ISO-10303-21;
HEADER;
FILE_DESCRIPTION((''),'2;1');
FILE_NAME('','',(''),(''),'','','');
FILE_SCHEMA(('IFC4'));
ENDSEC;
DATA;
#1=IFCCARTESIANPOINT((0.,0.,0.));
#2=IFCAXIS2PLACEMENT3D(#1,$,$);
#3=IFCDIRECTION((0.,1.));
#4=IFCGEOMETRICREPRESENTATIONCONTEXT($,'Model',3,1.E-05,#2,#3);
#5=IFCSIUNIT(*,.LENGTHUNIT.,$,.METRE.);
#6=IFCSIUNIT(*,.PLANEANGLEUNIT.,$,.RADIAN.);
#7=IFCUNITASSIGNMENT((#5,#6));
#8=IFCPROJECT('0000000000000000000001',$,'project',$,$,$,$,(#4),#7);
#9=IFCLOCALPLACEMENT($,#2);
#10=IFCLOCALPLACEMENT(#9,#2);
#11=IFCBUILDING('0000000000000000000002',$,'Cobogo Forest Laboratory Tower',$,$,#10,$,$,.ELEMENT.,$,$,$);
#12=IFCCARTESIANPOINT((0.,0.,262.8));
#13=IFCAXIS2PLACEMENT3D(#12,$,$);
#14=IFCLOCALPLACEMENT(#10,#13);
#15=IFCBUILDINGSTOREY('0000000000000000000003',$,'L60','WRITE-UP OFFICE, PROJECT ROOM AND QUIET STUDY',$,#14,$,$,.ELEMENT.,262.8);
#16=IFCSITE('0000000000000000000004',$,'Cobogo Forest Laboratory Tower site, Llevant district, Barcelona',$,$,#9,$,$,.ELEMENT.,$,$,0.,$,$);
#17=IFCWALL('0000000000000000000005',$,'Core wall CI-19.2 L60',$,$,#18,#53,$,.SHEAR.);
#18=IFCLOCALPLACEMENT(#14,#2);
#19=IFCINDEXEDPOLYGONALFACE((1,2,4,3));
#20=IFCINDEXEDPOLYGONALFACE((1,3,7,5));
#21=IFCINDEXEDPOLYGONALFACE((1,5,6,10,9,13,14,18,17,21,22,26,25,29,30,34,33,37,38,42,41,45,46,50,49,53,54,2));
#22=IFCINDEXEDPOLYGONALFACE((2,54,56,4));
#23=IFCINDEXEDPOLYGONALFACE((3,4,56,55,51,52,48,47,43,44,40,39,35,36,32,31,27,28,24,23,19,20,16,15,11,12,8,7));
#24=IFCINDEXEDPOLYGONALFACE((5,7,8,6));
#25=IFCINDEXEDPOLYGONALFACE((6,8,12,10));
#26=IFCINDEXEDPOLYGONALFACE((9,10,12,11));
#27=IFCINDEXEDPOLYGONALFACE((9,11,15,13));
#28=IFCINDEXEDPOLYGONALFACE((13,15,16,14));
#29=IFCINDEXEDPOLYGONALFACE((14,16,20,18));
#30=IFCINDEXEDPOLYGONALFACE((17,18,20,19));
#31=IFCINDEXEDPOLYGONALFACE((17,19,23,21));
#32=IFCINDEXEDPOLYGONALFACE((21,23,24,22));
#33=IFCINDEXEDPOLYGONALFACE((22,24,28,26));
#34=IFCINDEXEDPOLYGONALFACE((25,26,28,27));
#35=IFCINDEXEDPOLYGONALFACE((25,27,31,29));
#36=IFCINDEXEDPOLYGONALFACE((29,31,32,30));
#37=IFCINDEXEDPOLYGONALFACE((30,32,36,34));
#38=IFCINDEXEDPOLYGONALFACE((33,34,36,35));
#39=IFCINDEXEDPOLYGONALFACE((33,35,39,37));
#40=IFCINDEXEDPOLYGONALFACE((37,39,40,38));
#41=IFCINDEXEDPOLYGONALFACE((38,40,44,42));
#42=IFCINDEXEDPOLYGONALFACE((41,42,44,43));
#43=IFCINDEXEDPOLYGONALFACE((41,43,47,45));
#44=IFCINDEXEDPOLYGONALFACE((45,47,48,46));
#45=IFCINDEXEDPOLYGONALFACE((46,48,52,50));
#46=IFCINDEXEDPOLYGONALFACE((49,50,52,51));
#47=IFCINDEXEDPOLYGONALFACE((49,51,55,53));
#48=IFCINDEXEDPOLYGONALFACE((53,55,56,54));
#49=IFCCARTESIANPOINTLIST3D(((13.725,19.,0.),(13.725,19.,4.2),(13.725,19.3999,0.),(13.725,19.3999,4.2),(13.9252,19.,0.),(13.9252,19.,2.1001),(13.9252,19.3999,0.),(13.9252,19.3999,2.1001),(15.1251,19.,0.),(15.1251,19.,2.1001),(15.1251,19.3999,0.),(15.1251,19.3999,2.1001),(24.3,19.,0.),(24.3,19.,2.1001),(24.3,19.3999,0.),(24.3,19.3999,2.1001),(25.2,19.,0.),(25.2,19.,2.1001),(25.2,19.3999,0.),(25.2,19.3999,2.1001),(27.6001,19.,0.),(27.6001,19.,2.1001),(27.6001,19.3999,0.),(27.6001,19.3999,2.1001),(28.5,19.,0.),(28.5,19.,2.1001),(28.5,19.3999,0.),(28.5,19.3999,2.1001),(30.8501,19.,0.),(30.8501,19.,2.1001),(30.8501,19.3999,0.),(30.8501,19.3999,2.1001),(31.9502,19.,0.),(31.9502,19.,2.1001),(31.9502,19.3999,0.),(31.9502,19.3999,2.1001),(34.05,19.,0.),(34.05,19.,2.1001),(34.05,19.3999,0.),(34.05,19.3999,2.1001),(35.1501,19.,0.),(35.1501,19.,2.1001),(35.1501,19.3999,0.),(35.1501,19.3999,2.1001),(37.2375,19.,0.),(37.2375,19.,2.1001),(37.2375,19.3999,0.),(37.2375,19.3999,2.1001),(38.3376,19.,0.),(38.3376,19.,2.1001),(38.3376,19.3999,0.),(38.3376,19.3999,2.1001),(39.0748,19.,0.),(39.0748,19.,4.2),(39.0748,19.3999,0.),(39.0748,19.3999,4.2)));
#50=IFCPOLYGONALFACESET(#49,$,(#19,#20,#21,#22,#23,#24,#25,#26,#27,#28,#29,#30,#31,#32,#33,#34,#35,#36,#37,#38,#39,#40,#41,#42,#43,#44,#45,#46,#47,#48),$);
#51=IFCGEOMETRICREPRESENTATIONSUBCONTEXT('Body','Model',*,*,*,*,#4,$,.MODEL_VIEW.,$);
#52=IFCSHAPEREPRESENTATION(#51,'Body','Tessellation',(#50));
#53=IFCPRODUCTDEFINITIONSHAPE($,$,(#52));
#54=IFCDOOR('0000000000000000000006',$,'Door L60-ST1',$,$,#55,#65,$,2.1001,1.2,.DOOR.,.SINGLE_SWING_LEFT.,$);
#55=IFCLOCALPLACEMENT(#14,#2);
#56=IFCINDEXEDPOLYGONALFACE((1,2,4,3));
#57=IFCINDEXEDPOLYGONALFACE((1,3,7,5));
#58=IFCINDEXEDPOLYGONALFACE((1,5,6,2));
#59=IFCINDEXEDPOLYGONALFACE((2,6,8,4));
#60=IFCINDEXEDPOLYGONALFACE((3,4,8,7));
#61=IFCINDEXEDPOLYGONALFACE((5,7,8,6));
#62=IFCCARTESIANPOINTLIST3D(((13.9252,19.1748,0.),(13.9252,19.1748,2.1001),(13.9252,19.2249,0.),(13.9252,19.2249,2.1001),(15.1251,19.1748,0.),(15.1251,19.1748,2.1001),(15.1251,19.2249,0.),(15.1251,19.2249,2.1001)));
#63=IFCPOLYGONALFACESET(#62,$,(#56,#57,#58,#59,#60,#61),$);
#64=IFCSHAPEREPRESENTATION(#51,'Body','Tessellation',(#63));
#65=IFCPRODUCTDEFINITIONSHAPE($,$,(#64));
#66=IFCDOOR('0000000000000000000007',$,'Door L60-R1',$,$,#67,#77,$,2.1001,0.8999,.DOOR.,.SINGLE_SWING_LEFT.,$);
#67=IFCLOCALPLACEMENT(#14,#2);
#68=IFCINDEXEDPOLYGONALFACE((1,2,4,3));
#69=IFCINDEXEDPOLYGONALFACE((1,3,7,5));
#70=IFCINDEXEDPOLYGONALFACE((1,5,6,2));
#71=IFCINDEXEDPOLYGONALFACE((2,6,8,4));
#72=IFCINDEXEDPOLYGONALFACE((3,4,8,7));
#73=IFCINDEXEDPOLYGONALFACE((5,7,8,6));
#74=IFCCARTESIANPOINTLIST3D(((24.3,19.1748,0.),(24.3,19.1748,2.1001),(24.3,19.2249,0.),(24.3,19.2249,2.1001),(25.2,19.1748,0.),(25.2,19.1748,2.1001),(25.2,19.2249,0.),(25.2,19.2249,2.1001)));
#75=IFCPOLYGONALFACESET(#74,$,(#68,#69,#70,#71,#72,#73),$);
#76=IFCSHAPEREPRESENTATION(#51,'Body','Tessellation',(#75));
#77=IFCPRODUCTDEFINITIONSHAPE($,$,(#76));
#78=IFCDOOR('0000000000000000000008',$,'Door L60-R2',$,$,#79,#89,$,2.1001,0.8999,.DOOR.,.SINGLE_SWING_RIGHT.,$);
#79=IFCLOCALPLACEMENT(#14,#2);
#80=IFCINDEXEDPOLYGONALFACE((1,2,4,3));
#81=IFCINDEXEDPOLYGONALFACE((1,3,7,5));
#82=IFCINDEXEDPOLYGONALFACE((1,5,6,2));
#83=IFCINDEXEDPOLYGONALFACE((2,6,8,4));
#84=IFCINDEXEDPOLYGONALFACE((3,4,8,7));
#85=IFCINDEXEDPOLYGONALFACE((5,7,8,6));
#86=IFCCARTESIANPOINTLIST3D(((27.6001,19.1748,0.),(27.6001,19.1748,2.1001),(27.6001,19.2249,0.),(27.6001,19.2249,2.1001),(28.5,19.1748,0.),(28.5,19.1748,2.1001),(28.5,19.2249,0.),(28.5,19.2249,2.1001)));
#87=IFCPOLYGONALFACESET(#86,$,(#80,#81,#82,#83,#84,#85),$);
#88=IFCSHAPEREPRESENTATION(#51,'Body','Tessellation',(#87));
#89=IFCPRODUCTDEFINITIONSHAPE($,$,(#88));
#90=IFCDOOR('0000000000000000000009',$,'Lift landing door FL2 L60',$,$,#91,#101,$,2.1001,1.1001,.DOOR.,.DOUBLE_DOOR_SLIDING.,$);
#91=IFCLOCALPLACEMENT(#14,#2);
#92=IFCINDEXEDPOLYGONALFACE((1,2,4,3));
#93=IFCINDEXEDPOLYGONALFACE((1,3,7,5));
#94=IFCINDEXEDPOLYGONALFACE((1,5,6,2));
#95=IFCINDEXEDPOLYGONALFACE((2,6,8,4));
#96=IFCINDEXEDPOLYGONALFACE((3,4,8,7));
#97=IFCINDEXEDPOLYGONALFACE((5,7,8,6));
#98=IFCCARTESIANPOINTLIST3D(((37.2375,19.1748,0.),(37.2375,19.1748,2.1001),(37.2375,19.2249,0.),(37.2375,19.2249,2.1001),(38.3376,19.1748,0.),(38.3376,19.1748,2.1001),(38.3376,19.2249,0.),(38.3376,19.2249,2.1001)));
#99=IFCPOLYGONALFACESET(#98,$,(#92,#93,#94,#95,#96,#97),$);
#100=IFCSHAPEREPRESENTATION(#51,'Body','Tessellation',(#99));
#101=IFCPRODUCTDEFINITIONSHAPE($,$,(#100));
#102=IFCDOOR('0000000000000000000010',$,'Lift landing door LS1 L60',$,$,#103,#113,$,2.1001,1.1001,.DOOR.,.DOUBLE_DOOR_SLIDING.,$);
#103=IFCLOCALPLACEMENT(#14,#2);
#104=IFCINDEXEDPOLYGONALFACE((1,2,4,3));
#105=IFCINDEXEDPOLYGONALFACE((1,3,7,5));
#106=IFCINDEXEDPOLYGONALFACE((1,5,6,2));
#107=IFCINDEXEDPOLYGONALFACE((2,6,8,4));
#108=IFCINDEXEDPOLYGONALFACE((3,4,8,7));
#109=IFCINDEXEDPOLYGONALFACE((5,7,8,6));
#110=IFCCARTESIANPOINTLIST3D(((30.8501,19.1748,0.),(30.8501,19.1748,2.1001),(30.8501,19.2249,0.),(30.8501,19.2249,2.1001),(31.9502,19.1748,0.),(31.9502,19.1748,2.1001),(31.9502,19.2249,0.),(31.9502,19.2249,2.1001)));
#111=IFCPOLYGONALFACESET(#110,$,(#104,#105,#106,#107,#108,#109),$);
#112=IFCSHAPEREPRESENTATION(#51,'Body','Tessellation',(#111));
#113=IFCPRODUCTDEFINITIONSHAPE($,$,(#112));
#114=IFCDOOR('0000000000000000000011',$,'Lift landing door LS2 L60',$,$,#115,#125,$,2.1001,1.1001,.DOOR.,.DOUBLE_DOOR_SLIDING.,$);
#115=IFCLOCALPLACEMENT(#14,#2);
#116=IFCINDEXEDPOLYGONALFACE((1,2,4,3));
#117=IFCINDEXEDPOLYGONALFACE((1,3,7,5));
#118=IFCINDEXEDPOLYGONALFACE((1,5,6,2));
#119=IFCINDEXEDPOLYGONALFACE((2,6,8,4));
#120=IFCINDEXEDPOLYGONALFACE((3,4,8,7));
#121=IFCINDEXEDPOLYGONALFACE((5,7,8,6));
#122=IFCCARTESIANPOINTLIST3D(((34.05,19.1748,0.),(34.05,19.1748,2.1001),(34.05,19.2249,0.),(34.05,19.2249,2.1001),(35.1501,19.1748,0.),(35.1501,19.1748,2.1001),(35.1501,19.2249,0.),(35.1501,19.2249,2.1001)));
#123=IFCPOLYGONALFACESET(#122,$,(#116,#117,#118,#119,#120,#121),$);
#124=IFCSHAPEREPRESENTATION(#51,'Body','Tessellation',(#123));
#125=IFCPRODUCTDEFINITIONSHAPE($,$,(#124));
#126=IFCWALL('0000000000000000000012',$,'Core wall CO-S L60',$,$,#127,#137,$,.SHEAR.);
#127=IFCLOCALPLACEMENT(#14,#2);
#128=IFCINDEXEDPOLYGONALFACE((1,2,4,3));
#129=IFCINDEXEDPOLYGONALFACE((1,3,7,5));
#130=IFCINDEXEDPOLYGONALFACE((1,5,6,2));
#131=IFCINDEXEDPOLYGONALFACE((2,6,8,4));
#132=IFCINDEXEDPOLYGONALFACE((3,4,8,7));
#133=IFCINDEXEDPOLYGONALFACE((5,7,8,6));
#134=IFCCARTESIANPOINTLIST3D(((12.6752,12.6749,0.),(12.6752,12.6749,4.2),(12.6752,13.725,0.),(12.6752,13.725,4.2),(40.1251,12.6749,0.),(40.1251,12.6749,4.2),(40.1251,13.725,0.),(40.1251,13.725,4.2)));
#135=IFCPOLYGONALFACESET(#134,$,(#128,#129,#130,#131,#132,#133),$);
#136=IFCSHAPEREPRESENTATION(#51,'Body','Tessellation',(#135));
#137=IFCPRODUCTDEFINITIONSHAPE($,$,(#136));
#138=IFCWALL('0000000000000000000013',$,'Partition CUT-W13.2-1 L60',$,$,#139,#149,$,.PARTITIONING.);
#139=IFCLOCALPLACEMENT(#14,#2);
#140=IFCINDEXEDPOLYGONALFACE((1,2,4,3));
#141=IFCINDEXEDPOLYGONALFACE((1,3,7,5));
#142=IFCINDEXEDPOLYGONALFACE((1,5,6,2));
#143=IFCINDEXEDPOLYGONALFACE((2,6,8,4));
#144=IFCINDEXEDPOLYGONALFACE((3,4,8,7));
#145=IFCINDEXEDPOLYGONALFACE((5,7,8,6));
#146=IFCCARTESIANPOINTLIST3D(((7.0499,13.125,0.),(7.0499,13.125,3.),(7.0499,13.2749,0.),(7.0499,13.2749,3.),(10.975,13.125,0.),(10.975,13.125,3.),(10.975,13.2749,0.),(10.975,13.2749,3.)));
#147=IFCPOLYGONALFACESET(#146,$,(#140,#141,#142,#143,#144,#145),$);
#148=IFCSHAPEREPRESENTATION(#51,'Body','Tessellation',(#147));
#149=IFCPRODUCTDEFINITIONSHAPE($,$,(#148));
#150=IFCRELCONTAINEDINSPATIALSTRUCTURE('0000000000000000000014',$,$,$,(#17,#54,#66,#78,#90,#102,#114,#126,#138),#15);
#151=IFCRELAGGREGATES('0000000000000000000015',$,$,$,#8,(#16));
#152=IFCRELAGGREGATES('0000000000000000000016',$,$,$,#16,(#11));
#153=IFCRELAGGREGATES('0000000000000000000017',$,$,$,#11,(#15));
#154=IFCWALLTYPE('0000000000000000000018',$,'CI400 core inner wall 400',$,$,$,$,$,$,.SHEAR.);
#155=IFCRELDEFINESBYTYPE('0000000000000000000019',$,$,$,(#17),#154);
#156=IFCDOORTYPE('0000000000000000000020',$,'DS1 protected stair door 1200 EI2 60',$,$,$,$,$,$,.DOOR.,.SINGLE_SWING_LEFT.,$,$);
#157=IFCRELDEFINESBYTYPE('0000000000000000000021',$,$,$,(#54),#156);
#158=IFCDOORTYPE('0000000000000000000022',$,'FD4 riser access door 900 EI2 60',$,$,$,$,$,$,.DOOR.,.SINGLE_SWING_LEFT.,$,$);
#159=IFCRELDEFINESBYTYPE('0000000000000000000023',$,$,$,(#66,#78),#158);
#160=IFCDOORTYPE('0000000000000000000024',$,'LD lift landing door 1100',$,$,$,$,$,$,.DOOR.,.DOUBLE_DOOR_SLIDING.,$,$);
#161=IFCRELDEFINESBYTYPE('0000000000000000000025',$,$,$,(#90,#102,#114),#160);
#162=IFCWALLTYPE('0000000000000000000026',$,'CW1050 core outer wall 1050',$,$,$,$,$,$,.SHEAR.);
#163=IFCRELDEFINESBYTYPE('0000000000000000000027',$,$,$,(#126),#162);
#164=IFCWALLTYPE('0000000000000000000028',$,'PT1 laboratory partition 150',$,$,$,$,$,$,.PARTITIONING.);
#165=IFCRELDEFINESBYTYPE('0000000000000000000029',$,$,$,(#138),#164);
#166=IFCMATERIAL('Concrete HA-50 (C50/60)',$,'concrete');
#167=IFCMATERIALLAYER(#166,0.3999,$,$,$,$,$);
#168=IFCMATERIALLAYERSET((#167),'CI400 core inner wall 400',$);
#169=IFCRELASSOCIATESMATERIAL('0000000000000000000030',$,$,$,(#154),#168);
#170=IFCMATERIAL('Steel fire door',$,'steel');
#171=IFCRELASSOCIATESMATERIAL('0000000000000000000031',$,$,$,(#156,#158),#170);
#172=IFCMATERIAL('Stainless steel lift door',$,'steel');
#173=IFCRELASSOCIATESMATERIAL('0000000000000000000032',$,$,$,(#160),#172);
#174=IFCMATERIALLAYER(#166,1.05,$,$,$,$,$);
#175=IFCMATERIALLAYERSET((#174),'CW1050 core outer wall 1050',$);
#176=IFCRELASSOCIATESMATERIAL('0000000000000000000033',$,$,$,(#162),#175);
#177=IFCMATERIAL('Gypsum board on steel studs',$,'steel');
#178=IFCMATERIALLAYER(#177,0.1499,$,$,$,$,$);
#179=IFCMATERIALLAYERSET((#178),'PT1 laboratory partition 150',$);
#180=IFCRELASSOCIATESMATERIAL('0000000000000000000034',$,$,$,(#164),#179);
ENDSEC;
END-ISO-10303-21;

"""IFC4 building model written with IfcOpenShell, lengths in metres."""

from ifc_helpers import new_model, si_unit, direction, frame, frame_2d, origin, place, context, subcontext, project, spatial, rectangle, extrude, material, layer, layer_set, type_object, element, fill, save


model = new_model("IFC4")

# Units and contexts
model_context = context("Model", 3, precision=1e-05, world=origin(), true_north=direction((0.0, 1.0)))
body_context = subcontext(model_context, "Body", "Model", "MODEL_VIEW")
ifc_project = project(units=[si_unit("LENGTHUNIT", "METRE"), si_unit("PLANEANGLEUNIT", "RADIAN")], contexts=[model_context])

# Site, building, storey
site_placement = place(None, origin())
site = spatial("IfcSite", under=ifc_project, at=site_placement, Name="Cobogo Forest Laboratory Tower site, Llevant district, Barcelona", CompositionType="ELEMENT", RefElevation=0.0)
building_placement = place(site_placement, origin())
building = spatial("IfcBuilding", under=site, at=building_placement, Name="Cobogo Forest Laboratory Tower", CompositionType="ELEMENT")
storey_placement = place(building_placement, frame((0.0, 0.0, 262.8)))
storey = spatial("IfcBuildingStorey", under=building, at=storey_placement, Name="L60", Description="WRITE-UP OFFICE, PROJECT ROOM AND QUIET STUDY", CompositionType="ELEMENT", Elevation=262.8)

# Shared definitions
ifc_material_1 = material(Name="Concrete HA-50 (C50/60)", Category="concrete")

# Wall, openings, doors
ifc_layer_1 = layer(ifc_material_1, 0.3999)
ifc_layer_set_1 = layer_set([ifc_layer_1], Name="CI400 core inner wall 400")
wall_type_1 = type_object("IfcWallType", Name="CI400 core inner wall 400", PredefinedType="SHEAR", material=ifc_layer_set_1)
ifc_material_2 = material(Name="Steel fire door", Category="steel")
wall_1_placement = place(storey_placement, frame((13.7251, 19.2, 0.0), z_axis=(0.0, 0.0, 1.0), x_axis=(1.0, 0.0, 0.0)))
wall_1 = element("IfcWall", 1, at=wall_1_placement, inside=storey, type_object=wall_type_1, Name="Core wall CI-19.2 L60", PredefinedType="SHEAR", context=body_context, shape_type="SweptSolid", body=[
    extrude(rectangle(XDim=25.3499, YDim=0.3999, at=frame_2d((12.6748, 0.0))), origin(), (0.0, 0.0, 1.0), 4.2),
])
opening_1_placement = place(wall_1_placement, frame((10.575, 0.0, 0.0)))
opening_1 = element("IfcOpeningElement", 2, at=opening_1_placement, cuts=wall_1, PredefinedType="OPENING", context=body_context, shape_type="SweptSolid", body=[
    extrude(rectangle(XDim=0.8999, YDim=2.1001, at=frame_2d((0.45, 1.05))), frame((0.0, 0.21, 0.0), z_axis=(0.0, -1.0, 0.0), x_axis=(1.0, 0.0, 0.0)), (0.0, 0.0, 1.0), 0.4199),
])
opening_2_placement = place(wall_1_placement, frame((13.875, 0.0, 0.0)))
opening_2 = element("IfcOpeningElement", 3, at=opening_2_placement, cuts=wall_1, PredefinedType="OPENING", context=body_context, shape_type="SweptSolid", body=[
    extrude(rectangle(XDim=0.8999, YDim=2.1001, at=frame_2d((0.45, 1.05))), frame((0.0, 0.21, 0.0), z_axis=(0.0, -1.0, 0.0), x_axis=(1.0, 0.0, 0.0)), (0.0, 0.0, 1.0), 0.4199),
])
opening_3_placement = place(wall_1_placement, frame((0.2, 0.0, 0.0)))
opening_3 = element("IfcOpeningElement", 4, at=opening_3_placement, cuts=wall_1, PredefinedType="OPENING", context=body_context, shape_type="SweptSolid", body=[
    extrude(rectangle(XDim=1.2, YDim=2.1001, at=frame_2d((0.6001, 1.05))), frame((0.0, 0.21, 0.0), z_axis=(0.0, -1.0, 0.0), x_axis=(1.0, 0.0, 0.0)), (0.0, 0.0, 1.0), 0.4199),
])
opening_4_placement = place(wall_1_placement, frame((23.5125, 0.0, 0.0)))
opening_4 = element("IfcOpeningElement", 5, at=opening_4_placement, cuts=wall_1, PredefinedType="OPENING", context=body_context, shape_type="SweptSolid", body=[
    extrude(rectangle(XDim=1.1001, YDim=2.1001, at=frame_2d((0.55, 1.05))), frame((0.0, 0.21, 0.0), z_axis=(0.0, -1.0, 0.0), x_axis=(1.0, 0.0, 0.0)), (0.0, 0.0, 1.0), 0.4199),
])
opening_5_placement = place(wall_1_placement, frame((17.125, 0.0, 0.0)))
opening_5 = element("IfcOpeningElement", 6, at=opening_5_placement, cuts=wall_1, PredefinedType="OPENING", context=body_context, shape_type="SweptSolid", body=[
    extrude(rectangle(XDim=1.1001, YDim=2.1001, at=frame_2d((0.55, 1.05))), frame((0.0, 0.21, 0.0), z_axis=(0.0, -1.0, 0.0), x_axis=(1.0, 0.0, 0.0)), (0.0, 0.0, 1.0), 0.4199),
])
opening_6_placement = place(wall_1_placement, frame((20.325, 0.0, 0.0)))
opening_6 = element("IfcOpeningElement", 7, at=opening_6_placement, cuts=wall_1, PredefinedType="OPENING", context=body_context, shape_type="SweptSolid", body=[
    extrude(rectangle(XDim=1.1001, YDim=2.1001, at=frame_2d((0.55, 1.05))), frame((0.0, 0.21, 0.0), z_axis=(0.0, -1.0, 0.0), x_axis=(1.0, 0.0, 0.0)), (0.0, 0.0, 1.0), 0.4199),
])
door_type_1 = type_object("IfcDoorType", Name="DS1 protected stair door 1200 EI2 60", OperationType="SINGLE_SWING_LEFT", PredefinedType="DOOR", material=ifc_material_2)
door_1_placement = place(opening_3_placement, origin())
door_1 = element("IfcDoor", 8, at=door_1_placement, inside=storey, type_object=door_type_1, Name="Door L60-ST1", OperationType="SINGLE_SWING_LEFT", OverallHeight=2.1001, OverallWidth=1.2, PredefinedType="DOOR", context=body_context, shape_type="SweptSolid", body=[
    extrude(rectangle(XDim=1.2, YDim=2.1001, at=frame_2d((0.6001, 1.05))), frame((0.0, 0.0249, 0.0), z_axis=(0.0, -1.0, 0.0), x_axis=(1.0, 0.0, 0.0)), (0.0, 0.0, 1.0), 0.05),
])
fill(opening_3, door_1)
door_type_2 = type_object("IfcDoorType", Name="FD4 riser access door 900 EI2 60", OperationType="SINGLE_SWING_LEFT", PredefinedType="DOOR", material=ifc_material_2)
door_2_placement = place(opening_1_placement, origin())
door_2 = element("IfcDoor", 9, at=door_2_placement, inside=storey, type_object=door_type_2, Name="Door L60-R1", OperationType="SINGLE_SWING_LEFT", OverallHeight=2.1001, OverallWidth=0.8999, PredefinedType="DOOR", context=body_context, shape_type="SweptSolid", body=[
    extrude(rectangle(XDim=0.8999, YDim=2.1001, at=frame_2d((0.45, 1.05))), frame((0.0, 0.0249, 0.0), z_axis=(0.0, -1.0, 0.0), x_axis=(1.0, 0.0, 0.0)), (0.0, 0.0, 1.0), 0.05),
])
fill(opening_1, door_2)
door_3_placement = place(opening_2_placement, origin())
door_3 = element("IfcDoor", 10, at=door_3_placement, inside=storey, type_object=door_type_2, Name="Door L60-R2", OperationType="SINGLE_SWING_RIGHT", OverallHeight=2.1001, OverallWidth=0.8999, PredefinedType="DOOR", context=body_context, shape_type="SweptSolid", body=[
    extrude(rectangle(XDim=0.8999, YDim=2.1001, at=frame_2d((0.45, 1.05))), frame((0.0, 0.0249, 0.0), z_axis=(0.0, -1.0, 0.0), x_axis=(1.0, 0.0, 0.0)), (0.0, 0.0, 1.0), 0.05),
])
fill(opening_2, door_3)
ifc_material_3 = material(Name="Stainless steel lift door", Category="steel")
door_type_3 = type_object("IfcDoorType", Name="LD lift landing door 1100", OperationType="DOUBLE_DOOR_SLIDING", PredefinedType="DOOR", material=ifc_material_3)
door_4_placement = place(opening_4_placement, origin())
door_4 = element("IfcDoor", 11, at=door_4_placement, inside=storey, type_object=door_type_3, Name="Lift landing door FL2 L60", OperationType="DOUBLE_DOOR_SLIDING", OverallHeight=2.1001, OverallWidth=1.1001, PredefinedType="DOOR", context=body_context, shape_type="SweptSolid", body=[
    extrude(rectangle(XDim=1.1001, YDim=2.1001, at=frame_2d((0.55, 1.05))), frame((0.0, 0.0249, 0.0), z_axis=(0.0, -1.0, 0.0), x_axis=(1.0, 0.0, 0.0)), (0.0, 0.0, 1.0), 0.05),
])
fill(opening_4, door_4)
door_5_placement = place(opening_5_placement, origin())
door_5 = element("IfcDoor", 12, at=door_5_placement, inside=storey, type_object=door_type_3, Name="Lift landing door LS1 L60", OperationType="DOUBLE_DOOR_SLIDING", OverallHeight=2.1001, OverallWidth=1.1001, PredefinedType="DOOR", context=body_context, shape_type="SweptSolid", body=[
    extrude(rectangle(XDim=1.1001, YDim=2.1001, at=frame_2d((0.55, 1.05))), frame((0.0, 0.0249, 0.0), z_axis=(0.0, -1.0, 0.0), x_axis=(1.0, 0.0, 0.0)), (0.0, 0.0, 1.0), 0.05),
])
fill(opening_5, door_5)
door_6_placement = place(opening_6_placement, origin())
door_6 = element("IfcDoor", 13, at=door_6_placement, inside=storey, type_object=door_type_3, Name="Lift landing door LS2 L60", OperationType="DOUBLE_DOOR_SLIDING", OverallHeight=2.1001, OverallWidth=1.1001, PredefinedType="DOOR", context=body_context, shape_type="SweptSolid", body=[
    extrude(rectangle(XDim=1.1001, YDim=2.1001, at=frame_2d((0.55, 1.05))), frame((0.0, 0.0249, 0.0), z_axis=(0.0, -1.0, 0.0), x_axis=(1.0, 0.0, 0.0)), (0.0, 0.0, 1.0), 0.05),
])
fill(opening_6, door_6)

# Walls
ifc_layer_2 = layer(ifc_material_1, 1.05)
ifc_layer_set_2 = layer_set([ifc_layer_2], Name="CW1050 core outer wall 1050")
wall_type_2 = type_object("IfcWallType", Name="CW1050 core outer wall 1050", PredefinedType="SHEAR", material=ifc_layer_set_2)
wall_2_placement = place(storey_placement, frame((12.675, 13.2, 0.0), z_axis=(0.0, 0.0, 1.0), x_axis=(1.0, 0.0, 0.0)))
element("IfcWall", 14, at=wall_2_placement, inside=storey, type_object=wall_type_2, Name="Core wall CO-S L60", PredefinedType="SHEAR", context=body_context, shape_type="SweptSolid", body=[
    extrude(rectangle(XDim=27.45, YDim=1.05, at=frame_2d((13.7251, 0.0))), origin(), (0.0, 0.0, 1.0), 4.2),
])
ifc_material_4 = material(Name="Gypsum board on steel studs", Category="steel")
ifc_layer_3 = layer(ifc_material_4, 0.1499)
ifc_layer_set_3 = layer_set([ifc_layer_3], Name="PT1 laboratory partition 150")
wall_type_3 = type_object("IfcWallType", Name="PT1 laboratory partition 150", PredefinedType="PARTITIONING", material=ifc_layer_set_3)
wall_3_placement = place(storey_placement, frame((7.05, 13.2, 0.0), z_axis=(0.0, 0.0, 1.0), x_axis=(1.0, 0.0, 0.0)))
element("IfcWall", 15, at=wall_3_placement, inside=storey, type_object=wall_type_3, Name="Partition CUT-W13.2-1 L60", PredefinedType="PARTITIONING", context=body_context, shape_type="SweptSolid", body=[
    extrude(rectangle(XDim=3.925, YDim=0.1499, at=frame_2d((1.9624, 0.0))), origin(), (0.0, 0.0, 1.0), 3.0),
])

save(model, "model.ifc")
